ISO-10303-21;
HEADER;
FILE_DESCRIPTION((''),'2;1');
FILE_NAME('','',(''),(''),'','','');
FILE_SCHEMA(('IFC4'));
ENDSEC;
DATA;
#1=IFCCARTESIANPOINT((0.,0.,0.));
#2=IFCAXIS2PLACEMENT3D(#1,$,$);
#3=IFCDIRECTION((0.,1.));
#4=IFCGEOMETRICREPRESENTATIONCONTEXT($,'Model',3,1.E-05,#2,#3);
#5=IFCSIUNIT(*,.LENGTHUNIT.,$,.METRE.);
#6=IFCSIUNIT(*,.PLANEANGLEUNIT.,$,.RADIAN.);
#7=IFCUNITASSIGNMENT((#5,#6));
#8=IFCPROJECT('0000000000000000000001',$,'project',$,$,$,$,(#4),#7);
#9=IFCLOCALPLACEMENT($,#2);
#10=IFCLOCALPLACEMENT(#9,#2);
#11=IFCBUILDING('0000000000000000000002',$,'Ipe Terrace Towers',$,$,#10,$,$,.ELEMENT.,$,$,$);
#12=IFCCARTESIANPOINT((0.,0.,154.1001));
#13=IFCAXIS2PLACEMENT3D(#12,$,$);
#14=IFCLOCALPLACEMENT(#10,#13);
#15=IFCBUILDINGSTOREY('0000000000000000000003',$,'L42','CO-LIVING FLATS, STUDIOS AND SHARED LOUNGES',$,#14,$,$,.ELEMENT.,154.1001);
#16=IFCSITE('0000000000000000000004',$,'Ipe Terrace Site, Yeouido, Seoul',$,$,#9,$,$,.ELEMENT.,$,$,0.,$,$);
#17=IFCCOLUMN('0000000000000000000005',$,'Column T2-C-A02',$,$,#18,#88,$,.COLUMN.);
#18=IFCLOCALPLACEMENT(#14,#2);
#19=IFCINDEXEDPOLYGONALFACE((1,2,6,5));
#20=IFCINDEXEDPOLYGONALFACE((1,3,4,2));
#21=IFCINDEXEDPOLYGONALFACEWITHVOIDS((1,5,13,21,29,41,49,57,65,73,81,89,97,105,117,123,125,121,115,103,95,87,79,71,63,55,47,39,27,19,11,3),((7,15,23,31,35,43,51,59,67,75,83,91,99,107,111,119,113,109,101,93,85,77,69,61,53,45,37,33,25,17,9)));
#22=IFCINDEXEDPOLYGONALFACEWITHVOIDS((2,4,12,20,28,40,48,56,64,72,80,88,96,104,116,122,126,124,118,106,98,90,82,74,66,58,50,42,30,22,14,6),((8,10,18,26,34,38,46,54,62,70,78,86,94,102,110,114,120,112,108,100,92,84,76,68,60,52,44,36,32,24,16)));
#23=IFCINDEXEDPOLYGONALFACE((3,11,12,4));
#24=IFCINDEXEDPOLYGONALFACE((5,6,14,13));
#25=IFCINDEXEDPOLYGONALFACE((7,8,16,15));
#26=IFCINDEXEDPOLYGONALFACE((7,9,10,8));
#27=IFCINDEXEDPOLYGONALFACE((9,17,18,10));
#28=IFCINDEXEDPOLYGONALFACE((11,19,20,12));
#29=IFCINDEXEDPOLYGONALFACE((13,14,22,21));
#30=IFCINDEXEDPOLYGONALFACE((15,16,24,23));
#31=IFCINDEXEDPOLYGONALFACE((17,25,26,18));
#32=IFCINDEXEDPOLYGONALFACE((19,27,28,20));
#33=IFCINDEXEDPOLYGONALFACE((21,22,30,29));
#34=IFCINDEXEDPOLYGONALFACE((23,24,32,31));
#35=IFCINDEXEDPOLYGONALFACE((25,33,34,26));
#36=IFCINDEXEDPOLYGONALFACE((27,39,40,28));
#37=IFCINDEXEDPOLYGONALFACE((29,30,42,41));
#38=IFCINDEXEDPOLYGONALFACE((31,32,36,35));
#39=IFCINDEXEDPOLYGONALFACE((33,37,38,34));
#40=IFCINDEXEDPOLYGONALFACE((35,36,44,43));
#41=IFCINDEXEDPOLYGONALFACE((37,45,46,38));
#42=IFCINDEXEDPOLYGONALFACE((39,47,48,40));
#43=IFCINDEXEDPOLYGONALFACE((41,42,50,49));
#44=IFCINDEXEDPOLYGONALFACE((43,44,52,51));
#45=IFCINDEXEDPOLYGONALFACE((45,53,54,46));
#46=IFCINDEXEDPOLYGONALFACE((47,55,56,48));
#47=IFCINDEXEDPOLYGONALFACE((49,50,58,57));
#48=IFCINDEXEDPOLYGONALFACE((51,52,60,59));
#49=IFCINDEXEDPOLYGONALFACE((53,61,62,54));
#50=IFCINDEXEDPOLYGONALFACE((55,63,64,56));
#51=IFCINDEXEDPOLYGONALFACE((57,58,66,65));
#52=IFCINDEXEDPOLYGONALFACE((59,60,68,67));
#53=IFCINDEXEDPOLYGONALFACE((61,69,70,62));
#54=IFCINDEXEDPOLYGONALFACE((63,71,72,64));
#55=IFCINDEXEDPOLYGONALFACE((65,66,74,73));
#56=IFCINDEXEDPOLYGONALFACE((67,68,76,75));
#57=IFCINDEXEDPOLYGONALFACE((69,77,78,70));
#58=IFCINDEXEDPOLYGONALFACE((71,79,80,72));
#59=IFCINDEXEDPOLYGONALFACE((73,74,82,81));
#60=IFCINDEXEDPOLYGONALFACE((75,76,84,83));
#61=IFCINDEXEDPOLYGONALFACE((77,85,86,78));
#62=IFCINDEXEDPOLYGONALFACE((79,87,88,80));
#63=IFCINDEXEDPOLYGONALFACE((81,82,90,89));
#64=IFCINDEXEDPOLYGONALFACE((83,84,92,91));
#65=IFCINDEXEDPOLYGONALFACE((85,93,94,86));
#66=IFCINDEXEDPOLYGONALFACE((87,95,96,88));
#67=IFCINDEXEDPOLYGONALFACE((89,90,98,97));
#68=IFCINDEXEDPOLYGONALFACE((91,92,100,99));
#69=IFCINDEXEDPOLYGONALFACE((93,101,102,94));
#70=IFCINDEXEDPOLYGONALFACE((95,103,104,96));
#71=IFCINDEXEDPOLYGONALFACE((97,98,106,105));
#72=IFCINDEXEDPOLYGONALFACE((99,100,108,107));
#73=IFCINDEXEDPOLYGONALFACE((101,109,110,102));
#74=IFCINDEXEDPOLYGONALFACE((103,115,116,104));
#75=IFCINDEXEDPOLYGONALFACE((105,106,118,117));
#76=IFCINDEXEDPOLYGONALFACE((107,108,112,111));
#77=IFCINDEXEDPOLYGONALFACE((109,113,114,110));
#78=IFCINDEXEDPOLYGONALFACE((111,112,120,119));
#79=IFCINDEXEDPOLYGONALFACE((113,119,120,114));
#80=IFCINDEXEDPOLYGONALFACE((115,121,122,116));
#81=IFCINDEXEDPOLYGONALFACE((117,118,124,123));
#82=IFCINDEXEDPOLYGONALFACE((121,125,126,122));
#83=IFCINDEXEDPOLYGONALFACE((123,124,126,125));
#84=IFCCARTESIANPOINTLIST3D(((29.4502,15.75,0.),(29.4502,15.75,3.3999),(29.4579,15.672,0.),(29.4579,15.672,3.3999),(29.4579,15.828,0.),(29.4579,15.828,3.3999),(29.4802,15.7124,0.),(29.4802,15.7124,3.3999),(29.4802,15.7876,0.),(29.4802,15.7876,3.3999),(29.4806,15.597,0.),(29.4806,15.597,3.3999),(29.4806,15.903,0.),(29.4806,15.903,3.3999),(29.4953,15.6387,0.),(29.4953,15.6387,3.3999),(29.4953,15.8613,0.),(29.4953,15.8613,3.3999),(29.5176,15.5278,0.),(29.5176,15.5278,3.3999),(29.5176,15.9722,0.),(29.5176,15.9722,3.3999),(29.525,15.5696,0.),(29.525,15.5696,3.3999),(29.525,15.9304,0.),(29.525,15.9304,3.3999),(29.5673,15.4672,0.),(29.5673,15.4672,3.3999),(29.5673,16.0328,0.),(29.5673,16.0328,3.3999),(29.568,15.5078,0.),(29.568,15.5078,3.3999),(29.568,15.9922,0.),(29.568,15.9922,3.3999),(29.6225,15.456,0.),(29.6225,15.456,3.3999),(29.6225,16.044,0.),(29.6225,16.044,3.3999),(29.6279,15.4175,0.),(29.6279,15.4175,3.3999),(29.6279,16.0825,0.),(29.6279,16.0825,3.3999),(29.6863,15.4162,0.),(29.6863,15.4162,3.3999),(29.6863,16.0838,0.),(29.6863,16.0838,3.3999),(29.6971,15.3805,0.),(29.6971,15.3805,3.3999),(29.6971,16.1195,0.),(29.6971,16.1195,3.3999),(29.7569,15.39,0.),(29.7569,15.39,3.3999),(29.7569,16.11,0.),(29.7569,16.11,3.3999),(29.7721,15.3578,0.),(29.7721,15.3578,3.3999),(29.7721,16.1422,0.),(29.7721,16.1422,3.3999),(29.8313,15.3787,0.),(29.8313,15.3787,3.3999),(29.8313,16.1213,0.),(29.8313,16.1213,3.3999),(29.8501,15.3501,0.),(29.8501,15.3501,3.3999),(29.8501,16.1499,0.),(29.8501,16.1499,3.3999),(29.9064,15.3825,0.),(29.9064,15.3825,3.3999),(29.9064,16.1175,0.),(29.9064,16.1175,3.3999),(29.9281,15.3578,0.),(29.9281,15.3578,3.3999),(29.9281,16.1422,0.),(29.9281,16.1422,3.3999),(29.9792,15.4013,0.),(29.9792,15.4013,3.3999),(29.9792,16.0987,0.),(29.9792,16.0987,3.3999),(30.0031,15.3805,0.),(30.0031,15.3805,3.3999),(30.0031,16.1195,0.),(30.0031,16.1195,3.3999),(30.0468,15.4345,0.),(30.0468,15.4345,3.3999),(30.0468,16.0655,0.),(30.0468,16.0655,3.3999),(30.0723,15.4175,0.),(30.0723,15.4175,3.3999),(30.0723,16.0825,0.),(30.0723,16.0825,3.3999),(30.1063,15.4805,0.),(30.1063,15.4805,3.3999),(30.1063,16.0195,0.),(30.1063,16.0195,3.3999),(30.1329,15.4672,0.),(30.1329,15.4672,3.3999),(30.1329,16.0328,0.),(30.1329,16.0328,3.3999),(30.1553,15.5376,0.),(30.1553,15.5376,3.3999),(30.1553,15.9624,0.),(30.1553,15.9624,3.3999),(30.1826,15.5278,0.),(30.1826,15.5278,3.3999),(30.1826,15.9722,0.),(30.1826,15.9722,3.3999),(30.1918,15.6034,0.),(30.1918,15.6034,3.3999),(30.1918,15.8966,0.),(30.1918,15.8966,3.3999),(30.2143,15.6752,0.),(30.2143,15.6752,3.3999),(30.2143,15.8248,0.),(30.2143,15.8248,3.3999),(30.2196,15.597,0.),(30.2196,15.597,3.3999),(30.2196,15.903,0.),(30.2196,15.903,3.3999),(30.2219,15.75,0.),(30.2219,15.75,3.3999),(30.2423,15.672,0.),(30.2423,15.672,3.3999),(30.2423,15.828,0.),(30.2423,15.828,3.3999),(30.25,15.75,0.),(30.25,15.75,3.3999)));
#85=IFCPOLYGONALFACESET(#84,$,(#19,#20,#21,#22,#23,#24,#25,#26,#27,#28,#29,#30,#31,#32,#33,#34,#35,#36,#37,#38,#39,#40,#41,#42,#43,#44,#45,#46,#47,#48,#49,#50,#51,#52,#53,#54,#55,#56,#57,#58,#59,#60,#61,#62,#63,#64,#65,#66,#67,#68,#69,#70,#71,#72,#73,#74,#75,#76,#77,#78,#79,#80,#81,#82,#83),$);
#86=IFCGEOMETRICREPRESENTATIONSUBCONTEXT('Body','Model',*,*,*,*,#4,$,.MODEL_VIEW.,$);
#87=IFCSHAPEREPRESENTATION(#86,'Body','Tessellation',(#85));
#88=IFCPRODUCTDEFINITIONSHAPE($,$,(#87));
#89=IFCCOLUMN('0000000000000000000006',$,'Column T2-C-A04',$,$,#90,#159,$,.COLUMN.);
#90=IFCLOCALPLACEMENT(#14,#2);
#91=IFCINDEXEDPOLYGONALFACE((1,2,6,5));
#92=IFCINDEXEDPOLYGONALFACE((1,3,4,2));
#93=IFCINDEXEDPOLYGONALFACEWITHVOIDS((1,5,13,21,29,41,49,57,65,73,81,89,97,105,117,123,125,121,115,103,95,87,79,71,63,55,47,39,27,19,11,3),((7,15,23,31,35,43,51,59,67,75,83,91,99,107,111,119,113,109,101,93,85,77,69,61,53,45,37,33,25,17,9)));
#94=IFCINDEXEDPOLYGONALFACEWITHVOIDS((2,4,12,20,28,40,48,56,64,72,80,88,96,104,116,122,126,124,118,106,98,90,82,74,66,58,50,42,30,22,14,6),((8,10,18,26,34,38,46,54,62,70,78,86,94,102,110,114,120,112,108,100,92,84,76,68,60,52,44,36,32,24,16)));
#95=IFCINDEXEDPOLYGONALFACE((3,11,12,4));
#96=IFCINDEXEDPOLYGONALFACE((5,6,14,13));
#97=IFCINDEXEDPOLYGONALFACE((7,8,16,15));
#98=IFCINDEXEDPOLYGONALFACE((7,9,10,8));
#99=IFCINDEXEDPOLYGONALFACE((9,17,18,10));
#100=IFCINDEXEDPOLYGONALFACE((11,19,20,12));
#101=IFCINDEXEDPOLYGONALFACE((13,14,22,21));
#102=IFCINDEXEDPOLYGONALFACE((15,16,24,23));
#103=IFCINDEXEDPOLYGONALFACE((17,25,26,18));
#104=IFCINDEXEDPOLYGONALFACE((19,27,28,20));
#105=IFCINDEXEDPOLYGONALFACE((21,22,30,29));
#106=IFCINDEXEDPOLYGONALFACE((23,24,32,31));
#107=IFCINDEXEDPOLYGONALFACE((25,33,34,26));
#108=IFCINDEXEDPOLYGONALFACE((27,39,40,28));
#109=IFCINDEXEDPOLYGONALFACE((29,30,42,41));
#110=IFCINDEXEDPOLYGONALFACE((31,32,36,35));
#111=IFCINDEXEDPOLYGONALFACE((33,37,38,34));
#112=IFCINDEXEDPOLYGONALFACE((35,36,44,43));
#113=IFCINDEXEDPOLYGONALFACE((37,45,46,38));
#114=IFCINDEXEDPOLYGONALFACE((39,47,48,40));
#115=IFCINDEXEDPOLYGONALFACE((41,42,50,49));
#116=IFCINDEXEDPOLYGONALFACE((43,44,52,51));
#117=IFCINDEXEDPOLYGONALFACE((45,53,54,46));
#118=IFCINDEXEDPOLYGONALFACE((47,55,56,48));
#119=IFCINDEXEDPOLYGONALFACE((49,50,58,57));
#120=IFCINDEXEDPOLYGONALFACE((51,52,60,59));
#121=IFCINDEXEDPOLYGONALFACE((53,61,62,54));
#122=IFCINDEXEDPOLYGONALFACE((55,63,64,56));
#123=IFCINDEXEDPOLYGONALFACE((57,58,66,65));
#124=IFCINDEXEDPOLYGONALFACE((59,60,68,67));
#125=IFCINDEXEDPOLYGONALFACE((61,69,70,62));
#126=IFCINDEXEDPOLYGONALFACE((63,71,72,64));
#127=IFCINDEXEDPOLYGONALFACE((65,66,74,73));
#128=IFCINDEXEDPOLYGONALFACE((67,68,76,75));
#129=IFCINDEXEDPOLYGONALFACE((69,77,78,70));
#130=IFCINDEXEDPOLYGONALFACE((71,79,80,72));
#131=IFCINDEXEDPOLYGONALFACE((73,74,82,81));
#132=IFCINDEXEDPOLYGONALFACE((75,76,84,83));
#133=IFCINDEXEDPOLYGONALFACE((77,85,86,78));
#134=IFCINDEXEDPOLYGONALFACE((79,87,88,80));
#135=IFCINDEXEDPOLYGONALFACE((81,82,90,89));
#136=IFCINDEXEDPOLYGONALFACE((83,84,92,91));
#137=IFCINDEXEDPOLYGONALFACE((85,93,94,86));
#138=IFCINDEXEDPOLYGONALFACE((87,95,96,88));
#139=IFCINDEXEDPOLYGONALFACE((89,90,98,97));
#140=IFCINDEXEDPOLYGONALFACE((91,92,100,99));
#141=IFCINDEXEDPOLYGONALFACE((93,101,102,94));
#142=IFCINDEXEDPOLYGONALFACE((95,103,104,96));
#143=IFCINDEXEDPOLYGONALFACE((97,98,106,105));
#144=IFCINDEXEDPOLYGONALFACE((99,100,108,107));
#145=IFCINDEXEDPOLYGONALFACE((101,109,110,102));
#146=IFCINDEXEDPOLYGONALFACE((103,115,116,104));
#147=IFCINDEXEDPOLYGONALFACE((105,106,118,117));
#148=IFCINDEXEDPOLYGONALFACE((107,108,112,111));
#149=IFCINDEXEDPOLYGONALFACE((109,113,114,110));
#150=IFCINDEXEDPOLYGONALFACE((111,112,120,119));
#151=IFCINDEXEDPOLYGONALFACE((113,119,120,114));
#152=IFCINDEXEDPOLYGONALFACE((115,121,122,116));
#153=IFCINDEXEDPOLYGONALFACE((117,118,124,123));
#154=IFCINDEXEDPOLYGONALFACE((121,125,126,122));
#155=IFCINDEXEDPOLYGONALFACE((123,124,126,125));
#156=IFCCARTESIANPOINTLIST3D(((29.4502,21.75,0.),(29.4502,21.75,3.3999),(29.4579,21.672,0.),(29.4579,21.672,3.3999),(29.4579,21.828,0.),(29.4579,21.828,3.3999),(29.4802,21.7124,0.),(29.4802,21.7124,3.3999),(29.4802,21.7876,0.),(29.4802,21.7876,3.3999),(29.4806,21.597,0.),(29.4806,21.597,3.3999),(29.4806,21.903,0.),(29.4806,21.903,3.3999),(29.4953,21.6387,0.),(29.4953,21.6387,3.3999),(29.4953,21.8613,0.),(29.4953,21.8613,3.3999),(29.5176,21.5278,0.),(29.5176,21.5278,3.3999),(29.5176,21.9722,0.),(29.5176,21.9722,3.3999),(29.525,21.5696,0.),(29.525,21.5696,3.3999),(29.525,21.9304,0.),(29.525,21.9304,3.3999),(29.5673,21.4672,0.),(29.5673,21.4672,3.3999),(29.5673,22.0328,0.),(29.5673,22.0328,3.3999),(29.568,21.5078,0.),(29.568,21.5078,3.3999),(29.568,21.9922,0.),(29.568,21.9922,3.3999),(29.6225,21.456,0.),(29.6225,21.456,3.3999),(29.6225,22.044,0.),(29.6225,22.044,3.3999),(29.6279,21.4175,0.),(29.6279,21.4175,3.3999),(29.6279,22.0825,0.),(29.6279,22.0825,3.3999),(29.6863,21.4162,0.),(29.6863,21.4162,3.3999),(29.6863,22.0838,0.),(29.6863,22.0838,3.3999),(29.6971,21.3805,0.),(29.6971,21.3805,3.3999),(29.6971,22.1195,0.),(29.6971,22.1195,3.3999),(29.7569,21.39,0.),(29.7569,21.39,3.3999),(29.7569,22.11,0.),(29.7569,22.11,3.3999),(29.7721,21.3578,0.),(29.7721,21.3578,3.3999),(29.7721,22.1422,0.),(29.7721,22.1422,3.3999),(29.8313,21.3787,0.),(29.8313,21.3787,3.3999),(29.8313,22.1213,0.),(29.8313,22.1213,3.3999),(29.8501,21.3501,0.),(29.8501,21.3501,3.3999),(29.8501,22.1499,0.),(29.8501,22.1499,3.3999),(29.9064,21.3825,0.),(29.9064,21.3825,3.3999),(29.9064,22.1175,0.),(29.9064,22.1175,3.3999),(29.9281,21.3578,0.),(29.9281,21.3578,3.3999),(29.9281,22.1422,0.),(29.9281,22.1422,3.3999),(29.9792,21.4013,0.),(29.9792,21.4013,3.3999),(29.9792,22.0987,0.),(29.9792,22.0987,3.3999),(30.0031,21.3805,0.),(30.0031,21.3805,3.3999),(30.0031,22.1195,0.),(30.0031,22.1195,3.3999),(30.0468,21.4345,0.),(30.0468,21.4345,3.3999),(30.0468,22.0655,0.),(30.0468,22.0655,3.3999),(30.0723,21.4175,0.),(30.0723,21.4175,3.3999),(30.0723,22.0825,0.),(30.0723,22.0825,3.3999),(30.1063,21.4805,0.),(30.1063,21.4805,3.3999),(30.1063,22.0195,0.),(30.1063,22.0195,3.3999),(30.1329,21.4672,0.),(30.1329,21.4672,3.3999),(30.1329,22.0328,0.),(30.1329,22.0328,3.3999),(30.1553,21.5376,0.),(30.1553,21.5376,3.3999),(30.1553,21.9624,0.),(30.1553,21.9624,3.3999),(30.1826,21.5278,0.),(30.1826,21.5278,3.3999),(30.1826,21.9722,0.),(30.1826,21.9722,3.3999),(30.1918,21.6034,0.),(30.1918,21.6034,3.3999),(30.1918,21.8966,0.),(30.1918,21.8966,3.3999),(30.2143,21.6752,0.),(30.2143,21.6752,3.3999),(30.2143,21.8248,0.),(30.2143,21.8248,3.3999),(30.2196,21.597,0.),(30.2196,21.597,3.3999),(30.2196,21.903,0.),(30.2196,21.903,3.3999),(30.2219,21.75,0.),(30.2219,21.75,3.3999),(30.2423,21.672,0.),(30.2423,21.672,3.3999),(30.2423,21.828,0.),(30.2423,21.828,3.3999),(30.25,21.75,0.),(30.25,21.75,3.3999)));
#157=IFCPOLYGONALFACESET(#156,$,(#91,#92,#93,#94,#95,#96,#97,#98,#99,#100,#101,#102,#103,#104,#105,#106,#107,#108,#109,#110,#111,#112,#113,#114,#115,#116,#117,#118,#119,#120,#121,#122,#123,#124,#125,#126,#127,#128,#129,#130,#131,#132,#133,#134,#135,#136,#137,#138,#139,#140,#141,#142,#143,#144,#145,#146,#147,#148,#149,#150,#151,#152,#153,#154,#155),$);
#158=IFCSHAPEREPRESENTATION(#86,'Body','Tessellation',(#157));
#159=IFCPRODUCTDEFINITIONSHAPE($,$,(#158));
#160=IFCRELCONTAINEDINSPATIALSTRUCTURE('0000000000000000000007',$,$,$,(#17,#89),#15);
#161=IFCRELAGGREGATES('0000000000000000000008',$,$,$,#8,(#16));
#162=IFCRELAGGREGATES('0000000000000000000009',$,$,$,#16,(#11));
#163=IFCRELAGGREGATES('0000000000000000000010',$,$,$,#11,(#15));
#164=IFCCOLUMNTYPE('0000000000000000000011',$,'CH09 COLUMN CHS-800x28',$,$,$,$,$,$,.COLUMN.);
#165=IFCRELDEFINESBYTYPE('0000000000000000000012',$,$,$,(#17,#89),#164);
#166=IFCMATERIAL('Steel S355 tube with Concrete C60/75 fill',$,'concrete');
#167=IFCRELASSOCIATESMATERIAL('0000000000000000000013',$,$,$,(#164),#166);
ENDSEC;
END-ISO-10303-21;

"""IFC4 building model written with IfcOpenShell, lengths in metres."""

from ifc_helpers import new_model, si_unit, direction, frame, origin, origin_2d, place, context, subcontext, project, spatial, hollow_circle, extrude, material, material_profile, profile_set, type_object, element, save


model = new_model("IFC4")

# Units and contexts
model_context = context("Model", 3, precision=1e-05, world=origin(), true_north=direction((0.0, 1.0)))
body_context = subcontext(model_context, "Body", "Model", "MODEL_VIEW")
ifc_project = project(units=[si_unit("LENGTHUNIT", "METRE"), si_unit("PLANEANGLEUNIT", "RADIAN")], contexts=[model_context])

# Site, building, storey
site_placement = place(None, origin())
site = spatial("IfcSite", under=ifc_project, at=site_placement, Name="Ipe Terrace Site, Yeouido, Seoul", CompositionType="ELEMENT", RefElevation=0.0)
building_placement = place(site_placement, origin())
building = spatial("IfcBuilding", under=site, at=building_placement, Name="Ipe Terrace Towers", CompositionType="ELEMENT")
storey_placement = place(building_placement, frame((0.0, 0.0, 154.1001)))
storey = spatial("IfcBuildingStorey", under=building, at=storey_placement, Name="L42", Description="CO-LIVING FLATS, STUDIOS AND SHARED LOUNGES", CompositionType="ELEMENT", Elevation=154.1001)

# Columns
ifc_material_1 = material(Name="Steel S355 tube with Concrete C60/75 fill", Category="concrete")
ifc_material_profile_1 = material_profile(ifc_material_1, hollow_circle(Radius=0.3999, WallThickness=0.0281, at=origin_2d()), Name="CHS-800x28")
ifc_profile_set_1 = profile_set([ifc_material_profile_1], Name="Steel S355 tube with Concrete C60/75 fill")
column_type_1 = type_object("IfcColumnType", Name="CH09 COLUMN CHS-800x28", PredefinedType="COLUMN", material=ifc_profile_set_1)
for number, where, z_axis, x_axis, name in (
    (1, (29.8501, 15.75, 0.0), (0.0, 0.0, 1.0), (1.0, 0.0, 0.0), "Column T2-C-A02"),
    (2, (29.8501, 21.75, 0.0), (0.0, 0.0, 1.0), (1.0, 0.0, 0.0), "Column T2-C-A04"),
):
    element("IfcColumn", number, at=place(storey_placement, frame(where, z_axis=z_axis, x_axis=x_axis)), inside=storey, type_object=column_type_1, Name=name, PredefinedType="COLUMN", context=body_context, shape_type="SweptSolid", body=[
        extrude(hollow_circle(Radius=0.3999, WallThickness=0.0281, at=origin_2d()), origin(), (0.0, 0.0, 1.0), 3.3999),
    ])

save(model, "model.ifc")
